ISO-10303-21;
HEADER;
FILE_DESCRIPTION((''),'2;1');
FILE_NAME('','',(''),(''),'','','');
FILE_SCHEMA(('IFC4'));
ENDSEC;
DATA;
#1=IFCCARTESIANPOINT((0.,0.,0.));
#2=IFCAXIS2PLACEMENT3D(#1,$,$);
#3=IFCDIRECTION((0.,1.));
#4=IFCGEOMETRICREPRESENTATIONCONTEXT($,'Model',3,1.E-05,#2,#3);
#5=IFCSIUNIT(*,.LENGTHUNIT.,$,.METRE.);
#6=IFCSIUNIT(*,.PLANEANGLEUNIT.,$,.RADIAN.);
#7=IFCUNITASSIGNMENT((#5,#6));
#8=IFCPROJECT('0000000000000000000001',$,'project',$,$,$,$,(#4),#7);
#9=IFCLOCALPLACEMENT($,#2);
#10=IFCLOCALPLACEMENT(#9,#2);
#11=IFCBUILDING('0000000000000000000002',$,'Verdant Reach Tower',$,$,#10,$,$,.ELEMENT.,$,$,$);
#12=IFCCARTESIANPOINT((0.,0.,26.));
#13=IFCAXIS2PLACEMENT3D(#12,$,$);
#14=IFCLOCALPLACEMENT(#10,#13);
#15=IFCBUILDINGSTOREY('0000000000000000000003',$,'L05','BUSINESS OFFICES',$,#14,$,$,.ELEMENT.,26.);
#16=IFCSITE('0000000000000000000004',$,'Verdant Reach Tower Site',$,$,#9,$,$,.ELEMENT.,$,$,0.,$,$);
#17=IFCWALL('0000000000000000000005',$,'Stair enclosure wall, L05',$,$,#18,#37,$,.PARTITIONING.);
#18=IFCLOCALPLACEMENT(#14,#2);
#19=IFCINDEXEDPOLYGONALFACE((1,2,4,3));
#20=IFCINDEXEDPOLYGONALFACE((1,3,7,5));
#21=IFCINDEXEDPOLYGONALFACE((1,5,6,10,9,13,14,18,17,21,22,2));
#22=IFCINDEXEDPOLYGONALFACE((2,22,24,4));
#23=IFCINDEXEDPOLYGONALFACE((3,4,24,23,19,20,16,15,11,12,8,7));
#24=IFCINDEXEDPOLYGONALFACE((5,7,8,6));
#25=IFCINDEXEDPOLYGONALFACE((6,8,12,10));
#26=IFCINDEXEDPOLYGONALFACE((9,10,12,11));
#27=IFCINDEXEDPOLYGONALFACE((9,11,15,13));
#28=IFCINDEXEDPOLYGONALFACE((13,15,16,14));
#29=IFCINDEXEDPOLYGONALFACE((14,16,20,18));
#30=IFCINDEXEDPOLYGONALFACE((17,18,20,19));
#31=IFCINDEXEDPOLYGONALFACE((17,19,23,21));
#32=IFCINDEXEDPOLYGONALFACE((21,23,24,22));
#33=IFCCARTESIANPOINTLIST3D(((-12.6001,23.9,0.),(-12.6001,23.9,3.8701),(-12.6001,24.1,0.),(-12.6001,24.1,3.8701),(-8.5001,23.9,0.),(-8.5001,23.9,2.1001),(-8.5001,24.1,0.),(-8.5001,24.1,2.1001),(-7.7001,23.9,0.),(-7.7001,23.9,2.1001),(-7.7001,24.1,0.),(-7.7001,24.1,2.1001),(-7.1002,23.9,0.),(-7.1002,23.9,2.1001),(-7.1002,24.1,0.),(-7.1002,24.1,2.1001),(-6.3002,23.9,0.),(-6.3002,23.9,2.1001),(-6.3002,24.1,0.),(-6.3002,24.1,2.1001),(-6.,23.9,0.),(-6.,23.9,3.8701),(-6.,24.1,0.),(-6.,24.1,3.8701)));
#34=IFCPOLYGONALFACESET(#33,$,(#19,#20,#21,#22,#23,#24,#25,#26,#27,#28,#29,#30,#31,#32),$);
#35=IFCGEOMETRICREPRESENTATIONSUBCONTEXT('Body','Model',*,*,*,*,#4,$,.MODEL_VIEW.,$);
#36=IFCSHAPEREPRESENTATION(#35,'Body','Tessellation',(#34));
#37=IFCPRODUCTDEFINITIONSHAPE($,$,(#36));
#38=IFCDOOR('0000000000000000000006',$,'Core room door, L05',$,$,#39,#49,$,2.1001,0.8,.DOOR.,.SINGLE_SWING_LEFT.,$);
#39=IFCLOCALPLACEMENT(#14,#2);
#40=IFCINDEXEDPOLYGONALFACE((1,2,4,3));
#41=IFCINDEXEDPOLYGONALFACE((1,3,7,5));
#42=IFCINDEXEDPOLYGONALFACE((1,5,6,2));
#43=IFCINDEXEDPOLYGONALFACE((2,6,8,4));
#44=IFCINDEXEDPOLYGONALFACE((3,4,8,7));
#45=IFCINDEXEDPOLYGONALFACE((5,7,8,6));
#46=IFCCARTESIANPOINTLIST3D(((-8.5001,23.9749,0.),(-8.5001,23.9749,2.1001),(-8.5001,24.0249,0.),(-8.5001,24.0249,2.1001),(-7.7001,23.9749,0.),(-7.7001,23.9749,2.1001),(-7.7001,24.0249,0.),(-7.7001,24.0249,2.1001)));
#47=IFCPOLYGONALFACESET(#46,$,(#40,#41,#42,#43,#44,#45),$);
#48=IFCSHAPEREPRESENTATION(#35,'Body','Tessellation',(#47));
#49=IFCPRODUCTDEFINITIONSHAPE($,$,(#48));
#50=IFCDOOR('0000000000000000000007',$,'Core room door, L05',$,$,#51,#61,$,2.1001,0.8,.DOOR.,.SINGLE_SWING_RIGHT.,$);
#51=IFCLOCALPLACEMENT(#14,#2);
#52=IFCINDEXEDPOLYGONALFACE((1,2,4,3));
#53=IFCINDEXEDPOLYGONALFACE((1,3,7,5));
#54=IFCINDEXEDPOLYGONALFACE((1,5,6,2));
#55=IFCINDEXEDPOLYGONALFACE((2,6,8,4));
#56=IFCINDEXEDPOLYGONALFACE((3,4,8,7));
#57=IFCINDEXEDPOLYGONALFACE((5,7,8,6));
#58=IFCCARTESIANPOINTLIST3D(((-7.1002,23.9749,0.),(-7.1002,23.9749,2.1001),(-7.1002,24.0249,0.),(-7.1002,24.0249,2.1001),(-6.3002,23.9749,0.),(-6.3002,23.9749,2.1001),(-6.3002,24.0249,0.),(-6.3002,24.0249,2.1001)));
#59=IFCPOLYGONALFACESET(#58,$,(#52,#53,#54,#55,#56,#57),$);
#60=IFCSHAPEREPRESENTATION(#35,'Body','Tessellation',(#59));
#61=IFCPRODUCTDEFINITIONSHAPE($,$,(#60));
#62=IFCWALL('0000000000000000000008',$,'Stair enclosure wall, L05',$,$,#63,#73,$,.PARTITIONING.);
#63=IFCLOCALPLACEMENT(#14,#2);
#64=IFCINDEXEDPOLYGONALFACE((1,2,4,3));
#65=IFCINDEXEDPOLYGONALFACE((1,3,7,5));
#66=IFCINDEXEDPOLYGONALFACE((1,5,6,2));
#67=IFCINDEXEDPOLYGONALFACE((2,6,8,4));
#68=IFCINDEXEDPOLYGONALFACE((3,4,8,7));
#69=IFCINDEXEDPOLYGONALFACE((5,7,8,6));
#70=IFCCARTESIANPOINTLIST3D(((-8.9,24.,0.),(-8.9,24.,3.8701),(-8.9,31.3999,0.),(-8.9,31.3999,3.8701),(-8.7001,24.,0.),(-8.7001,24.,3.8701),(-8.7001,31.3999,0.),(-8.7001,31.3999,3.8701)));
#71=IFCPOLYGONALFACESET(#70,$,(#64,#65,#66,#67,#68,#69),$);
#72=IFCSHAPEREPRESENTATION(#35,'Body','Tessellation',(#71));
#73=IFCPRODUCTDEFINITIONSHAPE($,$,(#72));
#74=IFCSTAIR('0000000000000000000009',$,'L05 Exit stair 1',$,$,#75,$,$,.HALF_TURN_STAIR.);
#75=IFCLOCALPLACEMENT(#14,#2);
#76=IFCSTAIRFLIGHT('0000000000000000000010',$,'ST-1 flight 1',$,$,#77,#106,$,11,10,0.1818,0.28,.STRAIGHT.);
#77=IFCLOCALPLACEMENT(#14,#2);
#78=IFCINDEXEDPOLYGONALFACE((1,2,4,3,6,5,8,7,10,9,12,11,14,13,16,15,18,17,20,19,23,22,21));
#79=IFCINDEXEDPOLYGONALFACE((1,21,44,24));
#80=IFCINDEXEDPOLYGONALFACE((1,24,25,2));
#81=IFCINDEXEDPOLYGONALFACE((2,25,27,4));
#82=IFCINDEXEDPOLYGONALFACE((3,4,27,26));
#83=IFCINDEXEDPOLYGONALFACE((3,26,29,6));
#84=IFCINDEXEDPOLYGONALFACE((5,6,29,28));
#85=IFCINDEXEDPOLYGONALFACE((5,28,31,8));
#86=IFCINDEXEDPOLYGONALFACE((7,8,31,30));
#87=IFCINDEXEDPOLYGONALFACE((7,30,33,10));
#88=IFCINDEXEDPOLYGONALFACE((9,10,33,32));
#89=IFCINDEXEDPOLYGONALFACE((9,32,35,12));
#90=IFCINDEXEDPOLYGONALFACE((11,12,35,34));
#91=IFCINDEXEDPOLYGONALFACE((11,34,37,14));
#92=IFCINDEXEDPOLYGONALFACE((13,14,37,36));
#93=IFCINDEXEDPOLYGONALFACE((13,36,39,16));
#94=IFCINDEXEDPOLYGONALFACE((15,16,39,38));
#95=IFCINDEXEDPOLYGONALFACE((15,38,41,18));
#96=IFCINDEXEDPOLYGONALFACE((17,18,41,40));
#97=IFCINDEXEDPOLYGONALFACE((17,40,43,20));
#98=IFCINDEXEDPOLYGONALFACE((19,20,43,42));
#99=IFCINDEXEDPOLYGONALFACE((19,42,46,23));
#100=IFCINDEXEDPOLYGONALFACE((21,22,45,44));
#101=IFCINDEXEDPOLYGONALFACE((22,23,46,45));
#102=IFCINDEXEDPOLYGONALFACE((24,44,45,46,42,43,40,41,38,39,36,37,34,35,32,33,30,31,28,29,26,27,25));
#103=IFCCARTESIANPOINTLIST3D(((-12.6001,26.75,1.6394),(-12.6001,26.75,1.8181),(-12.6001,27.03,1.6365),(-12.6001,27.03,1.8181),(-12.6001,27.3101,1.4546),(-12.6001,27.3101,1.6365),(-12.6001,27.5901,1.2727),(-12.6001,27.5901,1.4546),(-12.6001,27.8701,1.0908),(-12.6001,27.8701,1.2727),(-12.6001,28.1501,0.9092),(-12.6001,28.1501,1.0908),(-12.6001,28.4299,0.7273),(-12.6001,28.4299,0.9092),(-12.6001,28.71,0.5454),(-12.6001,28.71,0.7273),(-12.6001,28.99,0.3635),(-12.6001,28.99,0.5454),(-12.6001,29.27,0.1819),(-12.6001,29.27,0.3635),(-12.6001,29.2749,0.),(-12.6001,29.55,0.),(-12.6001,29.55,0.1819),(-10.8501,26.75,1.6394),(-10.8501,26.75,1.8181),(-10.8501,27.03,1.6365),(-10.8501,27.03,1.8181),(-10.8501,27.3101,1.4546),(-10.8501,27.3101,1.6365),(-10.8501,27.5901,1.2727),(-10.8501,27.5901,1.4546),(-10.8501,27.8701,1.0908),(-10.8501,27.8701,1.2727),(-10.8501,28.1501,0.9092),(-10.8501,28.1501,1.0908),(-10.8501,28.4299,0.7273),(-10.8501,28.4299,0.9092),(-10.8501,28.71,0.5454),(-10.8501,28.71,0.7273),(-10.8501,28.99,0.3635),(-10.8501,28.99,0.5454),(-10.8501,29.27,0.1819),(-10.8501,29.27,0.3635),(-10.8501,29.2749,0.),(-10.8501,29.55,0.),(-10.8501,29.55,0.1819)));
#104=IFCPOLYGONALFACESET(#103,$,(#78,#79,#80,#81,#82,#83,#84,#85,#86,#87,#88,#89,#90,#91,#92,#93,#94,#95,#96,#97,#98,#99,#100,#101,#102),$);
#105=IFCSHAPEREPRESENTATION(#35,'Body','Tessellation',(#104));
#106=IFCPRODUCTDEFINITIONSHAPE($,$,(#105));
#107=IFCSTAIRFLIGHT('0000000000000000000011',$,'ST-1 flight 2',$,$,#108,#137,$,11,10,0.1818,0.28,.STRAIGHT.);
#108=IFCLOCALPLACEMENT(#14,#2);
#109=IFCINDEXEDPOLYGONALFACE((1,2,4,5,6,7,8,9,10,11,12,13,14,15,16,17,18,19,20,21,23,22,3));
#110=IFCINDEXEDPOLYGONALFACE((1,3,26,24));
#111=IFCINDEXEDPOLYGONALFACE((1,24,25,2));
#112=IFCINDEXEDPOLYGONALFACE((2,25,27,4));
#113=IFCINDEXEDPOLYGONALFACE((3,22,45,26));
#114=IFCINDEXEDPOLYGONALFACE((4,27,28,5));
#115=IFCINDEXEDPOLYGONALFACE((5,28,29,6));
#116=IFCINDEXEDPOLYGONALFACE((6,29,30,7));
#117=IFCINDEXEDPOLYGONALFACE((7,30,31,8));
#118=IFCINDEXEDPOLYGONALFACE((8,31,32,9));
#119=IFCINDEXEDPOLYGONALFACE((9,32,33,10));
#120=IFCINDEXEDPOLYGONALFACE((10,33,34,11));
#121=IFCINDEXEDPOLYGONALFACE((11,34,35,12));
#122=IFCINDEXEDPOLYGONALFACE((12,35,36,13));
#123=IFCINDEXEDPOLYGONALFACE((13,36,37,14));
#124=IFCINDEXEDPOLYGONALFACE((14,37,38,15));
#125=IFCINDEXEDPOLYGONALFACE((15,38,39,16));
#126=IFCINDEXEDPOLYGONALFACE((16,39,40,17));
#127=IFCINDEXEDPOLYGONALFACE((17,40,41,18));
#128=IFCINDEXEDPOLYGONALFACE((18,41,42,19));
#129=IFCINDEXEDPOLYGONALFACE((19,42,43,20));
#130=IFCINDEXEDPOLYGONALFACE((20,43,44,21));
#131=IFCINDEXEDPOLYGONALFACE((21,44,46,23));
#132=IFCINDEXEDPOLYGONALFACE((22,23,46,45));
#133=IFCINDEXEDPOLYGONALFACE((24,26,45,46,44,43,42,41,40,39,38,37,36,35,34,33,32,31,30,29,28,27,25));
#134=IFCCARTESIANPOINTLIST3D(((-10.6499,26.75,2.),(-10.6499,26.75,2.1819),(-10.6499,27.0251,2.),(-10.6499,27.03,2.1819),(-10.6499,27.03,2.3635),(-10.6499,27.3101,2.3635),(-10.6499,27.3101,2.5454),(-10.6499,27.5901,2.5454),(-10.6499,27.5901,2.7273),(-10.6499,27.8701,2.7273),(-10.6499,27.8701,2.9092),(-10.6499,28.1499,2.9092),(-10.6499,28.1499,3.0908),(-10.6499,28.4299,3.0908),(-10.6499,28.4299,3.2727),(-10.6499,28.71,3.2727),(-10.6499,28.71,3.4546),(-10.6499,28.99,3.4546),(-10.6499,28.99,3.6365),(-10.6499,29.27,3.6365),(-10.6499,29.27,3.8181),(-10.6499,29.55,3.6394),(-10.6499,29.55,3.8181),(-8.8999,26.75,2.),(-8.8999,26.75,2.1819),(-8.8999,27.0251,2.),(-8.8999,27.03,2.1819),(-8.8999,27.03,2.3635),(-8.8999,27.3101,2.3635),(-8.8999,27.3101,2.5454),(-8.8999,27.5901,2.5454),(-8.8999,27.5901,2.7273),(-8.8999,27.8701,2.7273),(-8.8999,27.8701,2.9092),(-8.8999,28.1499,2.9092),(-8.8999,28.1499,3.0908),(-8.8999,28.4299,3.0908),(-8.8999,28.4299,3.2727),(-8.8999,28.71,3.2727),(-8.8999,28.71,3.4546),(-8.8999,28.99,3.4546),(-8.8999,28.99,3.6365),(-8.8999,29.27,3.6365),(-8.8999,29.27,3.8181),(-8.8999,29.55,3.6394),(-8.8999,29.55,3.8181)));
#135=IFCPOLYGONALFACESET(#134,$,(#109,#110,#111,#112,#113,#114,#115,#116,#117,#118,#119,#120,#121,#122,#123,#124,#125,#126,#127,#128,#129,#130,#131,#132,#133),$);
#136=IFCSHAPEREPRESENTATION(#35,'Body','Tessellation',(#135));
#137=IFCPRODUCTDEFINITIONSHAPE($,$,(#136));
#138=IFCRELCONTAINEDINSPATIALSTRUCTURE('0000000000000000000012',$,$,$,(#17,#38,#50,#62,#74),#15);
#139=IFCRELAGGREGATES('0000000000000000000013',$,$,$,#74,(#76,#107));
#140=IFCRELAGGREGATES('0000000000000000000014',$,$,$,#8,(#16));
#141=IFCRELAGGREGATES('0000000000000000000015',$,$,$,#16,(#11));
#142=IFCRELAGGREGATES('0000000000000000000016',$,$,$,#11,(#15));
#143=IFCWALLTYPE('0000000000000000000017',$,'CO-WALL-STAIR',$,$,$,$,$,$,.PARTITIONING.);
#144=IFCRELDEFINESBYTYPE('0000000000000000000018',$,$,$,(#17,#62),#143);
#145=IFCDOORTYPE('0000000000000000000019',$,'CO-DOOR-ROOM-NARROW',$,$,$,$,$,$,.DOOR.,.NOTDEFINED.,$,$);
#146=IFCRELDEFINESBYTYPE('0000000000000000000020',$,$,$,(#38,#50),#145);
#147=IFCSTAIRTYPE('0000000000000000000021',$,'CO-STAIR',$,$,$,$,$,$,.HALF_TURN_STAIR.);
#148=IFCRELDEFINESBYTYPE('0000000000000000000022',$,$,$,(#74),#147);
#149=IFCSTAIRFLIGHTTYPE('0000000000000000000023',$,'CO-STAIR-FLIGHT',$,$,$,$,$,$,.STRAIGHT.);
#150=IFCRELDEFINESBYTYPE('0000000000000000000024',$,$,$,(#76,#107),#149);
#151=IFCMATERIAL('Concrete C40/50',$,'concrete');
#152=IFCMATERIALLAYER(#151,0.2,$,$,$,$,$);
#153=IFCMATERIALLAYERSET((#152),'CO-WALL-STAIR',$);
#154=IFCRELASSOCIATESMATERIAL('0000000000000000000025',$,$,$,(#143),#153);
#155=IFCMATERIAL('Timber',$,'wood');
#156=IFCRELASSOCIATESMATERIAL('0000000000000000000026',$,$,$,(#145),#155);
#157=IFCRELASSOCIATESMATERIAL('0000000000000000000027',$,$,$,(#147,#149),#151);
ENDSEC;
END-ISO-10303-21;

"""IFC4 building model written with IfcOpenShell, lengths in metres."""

from ifc_helpers import new_model, si_unit, direction, frame, frame_2d, origin, place, context, subcontext, project, spatial, polyline, rectangle, outline, extrude, material, layer, layer_set, type_object, element, fill, aggregate, save


model = new_model("IFC4")

# Units and contexts
model_context = context("Model", 3, precision=1e-05, world=origin(), true_north=direction((0.0, 1.0)))
body_context = subcontext(model_context, "Body", "Model", "MODEL_VIEW")
ifc_project = project(units=[si_unit("LENGTHUNIT", "METRE"), si_unit("PLANEANGLEUNIT", "RADIAN")], contexts=[model_context])

# Site, building, storey
site_placement = place(None, origin())
site = spatial("IfcSite", under=ifc_project, at=site_placement, Name="Verdant Reach Tower Site", CompositionType="ELEMENT", RefElevation=0.0)
building_placement = place(site_placement, origin())
building = spatial("IfcBuilding", under=site, at=building_placement, Name="Verdant Reach Tower", CompositionType="ELEMENT")
storey_placement = place(building_placement, frame((0.0, 0.0, 26.0)))
storey = spatial("IfcBuildingStorey", under=building, at=storey_placement, Name="L05", Description="BUSINESS OFFICES", CompositionType="ELEMENT", Elevation=26.0)

# Shared definitions
ifc_material_1 = material(Name="Concrete C40/50", Category="concrete")

# Wall, openings, doors
ifc_layer_1 = layer(ifc_material_1, 0.2)
ifc_layer_set_1 = layer_set([ifc_layer_1], Name="CO-WALL-STAIR")
wall_type_1 = type_object("IfcWallType", Name="CO-WALL-STAIR", PredefinedType="PARTITIONING", material=ifc_layer_set_1)
wall_1_placement = place(storey_placement, frame((-12.6001, 24.0, 0.0), z_axis=(0.0, 0.0, 1.0), x_axis=(1.0, 0.0, 0.0)))
wall_1 = element("IfcWall", 1, at=wall_1_placement, inside=storey, type_object=wall_type_1, Name="Stair enclosure wall, L05", PredefinedType="PARTITIONING", context=body_context, shape_type="SweptSolid", body=[
    extrude(rectangle(XDim=6.6001, YDim=0.2, at=frame_2d((3.3, 0.0))), origin(), (0.0, 0.0, 1.0), 3.8701),
])
opening_1_placement = place(wall_1_placement, frame((4.1001, 0.0, 0.0)))
opening_1 = element("IfcOpeningElement", 2, at=opening_1_placement, cuts=wall_1, PredefinedType="OPENING", context=body_context, shape_type="SweptSolid", body=[
    extrude(rectangle(XDim=0.8, YDim=2.1001, at=frame_2d((0.3999, 1.05))), frame((0.0, 0.1099, 0.0), z_axis=(0.0, -1.0, 0.0), x_axis=(1.0, 0.0, 0.0)), (0.0, 0.0, 1.0), 0.22),
])
opening_2_placement = place(wall_1_placement, frame((5.5, 0.0, 0.0)))
opening_2 = element("IfcOpeningElement", 3, at=opening_2_placement, cuts=wall_1, PredefinedType="OPENING", context=body_context, shape_type="SweptSolid", body=[
    extrude(rectangle(XDim=0.8, YDim=2.1001, at=frame_2d((0.3999, 1.05))), frame((0.0, 0.1099, 0.0), z_axis=(0.0, -1.0, 0.0), x_axis=(1.0, 0.0, 0.0)), (0.0, 0.0, 1.0), 0.22),
])
ifc_material_2 = material(Name="Timber", Category="wood")
door_type_1 = type_object("IfcDoorType", Name="CO-DOOR-ROOM-NARROW", OperationType="NOTDEFINED", PredefinedType="DOOR", material=ifc_material_2)
door_1_placement = place(opening_1_placement, origin())
door_1 = element("IfcDoor", 4, at=door_1_placement, inside=storey, type_object=door_type_1, Name="Core room door, L05", OperationType="SINGLE_SWING_LEFT", OverallHeight=2.1001, OverallWidth=0.8, PredefinedType="DOOR", context=body_context, shape_type="SweptSolid", body=[
    extrude(rectangle(XDim=0.8, YDim=2.1001, at=frame_2d((0.3999, 1.05))), frame((0.0, 0.0249, 0.0), z_axis=(0.0, -1.0, 0.0), x_axis=(1.0, 0.0, 0.0)), (0.0, 0.0, 1.0), 0.05),
])
fill(opening_1, door_1)
door_2_placement = place(opening_2_placement, origin())
door_2 = element("IfcDoor", 5, at=door_2_placement, inside=storey, type_object=door_type_1, Name="Core room door, L05", OperationType="SINGLE_SWING_RIGHT", OverallHeight=2.1001, OverallWidth=0.8, PredefinedType="DOOR", context=body_context, shape_type="SweptSolid", body=[
    extrude(rectangle(XDim=0.8, YDim=2.1001, at=frame_2d((0.3999, 1.05))), frame((0.0, 0.0249, 0.0), z_axis=(0.0, -1.0, 0.0), x_axis=(1.0, 0.0, 0.0)), (0.0, 0.0, 1.0), 0.05),
])
fill(opening_2, door_2)

# Wall
wall_2_placement = place(storey_placement, frame((-8.8, 24.0, 0.0), z_axis=(0.0, 0.0, 1.0), x_axis=(0.0, 1.0, 0.0)))
element("IfcWall", 6, at=wall_2_placement, inside=storey, type_object=wall_type_1, Name="Stair enclosure wall, L05", PredefinedType="PARTITIONING", context=body_context, shape_type="SweptSolid", body=[
    extrude(rectangle(XDim=7.3999, YDim=0.2, at=frame_2d((3.7, 0.0))), origin(), (0.0, 0.0, 1.0), 3.8701),
])

# Stair, stair flights
stair_type = type_object("IfcStairType", Name="CO-STAIR", PredefinedType="HALF_TURN_STAIR", material=ifc_material_1)
stair_placement = place(storey_placement, origin())
stair = element("IfcStair", 7, at=stair_placement, inside=storey, type_object=stair_type, Name="L05 Exit stair 1", PredefinedType="HALF_TURN_STAIR")
stair_flight_type = type_object("IfcStairFlightType", Name="CO-STAIR-FLIGHT", PredefinedType="STRAIGHT", material=ifc_material_1)
stair_flight_1_placement = place(storey_placement, frame((-11.7251, 29.55, 0.0), z_axis=(0.0, 0.0, 1.0), x_axis=(0.0, -1.0, 0.0)))
stair_flight_1 = element("IfcStairFlight", 8, at=stair_flight_1_placement, type_object=stair_flight_type, Name="ST-1 flight 1", NumberOfRisers=11, NumberOfTreads=10, PredefinedType="STRAIGHT", RiserHeight=0.1818, TreadLength=0.28, context=body_context, shape_type="SweptSolid", body=[
    extrude(outline(polyline([(0.0, 0.0), (0.0, 0.1819), (0.28, 0.1819), (0.28, 0.3635), (0.5601, 0.3635), (0.5601, 0.5454), (0.8401, 0.5454), (0.8401, 0.7273), (1.1201, 0.7273), (1.1201, 0.9092), (1.3999, 0.9092), (1.3999, 1.0908), (1.6799, 1.0908), (1.6799, 1.2727), (1.96, 1.2727), (1.96, 1.4546), (2.24, 1.4546), (2.24, 1.6365), (2.52, 1.6365), (2.52, 1.8181), (2.8, 1.8181), (2.8, 2.0), (2.8, 1.6394), (0.2751, 0.0), (0.0, 0.0)])), frame((0.0, 0.875, 0.0), z_axis=(0.0, -1.0, 0.0), x_axis=(1.0, 0.0, 0.0)), (0.0, 0.0, 1.0), 1.75),
])
stair_flight_2_placement = place(storey_placement, frame((-9.7749, 26.75, 2.0), z_axis=(0.0, 0.0, 1.0), x_axis=(0.0, 1.0, 0.0)))
stair_flight_2 = element("IfcStairFlight", 9, at=stair_flight_2_placement, type_object=stair_flight_type, Name="ST-1 flight 2", NumberOfRisers=11, NumberOfTreads=10, PredefinedType="STRAIGHT", RiserHeight=0.1818, TreadLength=0.28, context=body_context, shape_type="SweptSolid", body=[
    extrude(outline(polyline([(0.0, 0.0), (0.0, 0.1819), (0.28, 0.1819), (0.28, 0.3635), (0.5601, 0.3635), (0.5601, 0.5454), (0.8401, 0.5454), (0.8401, 0.7273), (1.1201, 0.7273), (1.1201, 0.9092), (1.3999, 0.9092), (1.3999, 1.0908), (1.6799, 1.0908), (1.6799, 1.2727), (1.96, 1.2727), (1.96, 1.4546), (2.24, 1.4546), (2.24, 1.6365), (2.52, 1.6365), (2.52, 1.8181), (2.8, 1.8181), (2.8, 2.0), (2.8, 1.6394), (0.2751, 0.0), (0.0, 0.0)])), frame((0.0, 0.875, 0.0), z_axis=(0.0, -1.0, 0.0), x_axis=(1.0, 0.0, 0.0)), (0.0, 0.0, 1.0), 1.75),
])
aggregate(stair, [stair_flight_1, stair_flight_2])

save(model, "model.ifc")
